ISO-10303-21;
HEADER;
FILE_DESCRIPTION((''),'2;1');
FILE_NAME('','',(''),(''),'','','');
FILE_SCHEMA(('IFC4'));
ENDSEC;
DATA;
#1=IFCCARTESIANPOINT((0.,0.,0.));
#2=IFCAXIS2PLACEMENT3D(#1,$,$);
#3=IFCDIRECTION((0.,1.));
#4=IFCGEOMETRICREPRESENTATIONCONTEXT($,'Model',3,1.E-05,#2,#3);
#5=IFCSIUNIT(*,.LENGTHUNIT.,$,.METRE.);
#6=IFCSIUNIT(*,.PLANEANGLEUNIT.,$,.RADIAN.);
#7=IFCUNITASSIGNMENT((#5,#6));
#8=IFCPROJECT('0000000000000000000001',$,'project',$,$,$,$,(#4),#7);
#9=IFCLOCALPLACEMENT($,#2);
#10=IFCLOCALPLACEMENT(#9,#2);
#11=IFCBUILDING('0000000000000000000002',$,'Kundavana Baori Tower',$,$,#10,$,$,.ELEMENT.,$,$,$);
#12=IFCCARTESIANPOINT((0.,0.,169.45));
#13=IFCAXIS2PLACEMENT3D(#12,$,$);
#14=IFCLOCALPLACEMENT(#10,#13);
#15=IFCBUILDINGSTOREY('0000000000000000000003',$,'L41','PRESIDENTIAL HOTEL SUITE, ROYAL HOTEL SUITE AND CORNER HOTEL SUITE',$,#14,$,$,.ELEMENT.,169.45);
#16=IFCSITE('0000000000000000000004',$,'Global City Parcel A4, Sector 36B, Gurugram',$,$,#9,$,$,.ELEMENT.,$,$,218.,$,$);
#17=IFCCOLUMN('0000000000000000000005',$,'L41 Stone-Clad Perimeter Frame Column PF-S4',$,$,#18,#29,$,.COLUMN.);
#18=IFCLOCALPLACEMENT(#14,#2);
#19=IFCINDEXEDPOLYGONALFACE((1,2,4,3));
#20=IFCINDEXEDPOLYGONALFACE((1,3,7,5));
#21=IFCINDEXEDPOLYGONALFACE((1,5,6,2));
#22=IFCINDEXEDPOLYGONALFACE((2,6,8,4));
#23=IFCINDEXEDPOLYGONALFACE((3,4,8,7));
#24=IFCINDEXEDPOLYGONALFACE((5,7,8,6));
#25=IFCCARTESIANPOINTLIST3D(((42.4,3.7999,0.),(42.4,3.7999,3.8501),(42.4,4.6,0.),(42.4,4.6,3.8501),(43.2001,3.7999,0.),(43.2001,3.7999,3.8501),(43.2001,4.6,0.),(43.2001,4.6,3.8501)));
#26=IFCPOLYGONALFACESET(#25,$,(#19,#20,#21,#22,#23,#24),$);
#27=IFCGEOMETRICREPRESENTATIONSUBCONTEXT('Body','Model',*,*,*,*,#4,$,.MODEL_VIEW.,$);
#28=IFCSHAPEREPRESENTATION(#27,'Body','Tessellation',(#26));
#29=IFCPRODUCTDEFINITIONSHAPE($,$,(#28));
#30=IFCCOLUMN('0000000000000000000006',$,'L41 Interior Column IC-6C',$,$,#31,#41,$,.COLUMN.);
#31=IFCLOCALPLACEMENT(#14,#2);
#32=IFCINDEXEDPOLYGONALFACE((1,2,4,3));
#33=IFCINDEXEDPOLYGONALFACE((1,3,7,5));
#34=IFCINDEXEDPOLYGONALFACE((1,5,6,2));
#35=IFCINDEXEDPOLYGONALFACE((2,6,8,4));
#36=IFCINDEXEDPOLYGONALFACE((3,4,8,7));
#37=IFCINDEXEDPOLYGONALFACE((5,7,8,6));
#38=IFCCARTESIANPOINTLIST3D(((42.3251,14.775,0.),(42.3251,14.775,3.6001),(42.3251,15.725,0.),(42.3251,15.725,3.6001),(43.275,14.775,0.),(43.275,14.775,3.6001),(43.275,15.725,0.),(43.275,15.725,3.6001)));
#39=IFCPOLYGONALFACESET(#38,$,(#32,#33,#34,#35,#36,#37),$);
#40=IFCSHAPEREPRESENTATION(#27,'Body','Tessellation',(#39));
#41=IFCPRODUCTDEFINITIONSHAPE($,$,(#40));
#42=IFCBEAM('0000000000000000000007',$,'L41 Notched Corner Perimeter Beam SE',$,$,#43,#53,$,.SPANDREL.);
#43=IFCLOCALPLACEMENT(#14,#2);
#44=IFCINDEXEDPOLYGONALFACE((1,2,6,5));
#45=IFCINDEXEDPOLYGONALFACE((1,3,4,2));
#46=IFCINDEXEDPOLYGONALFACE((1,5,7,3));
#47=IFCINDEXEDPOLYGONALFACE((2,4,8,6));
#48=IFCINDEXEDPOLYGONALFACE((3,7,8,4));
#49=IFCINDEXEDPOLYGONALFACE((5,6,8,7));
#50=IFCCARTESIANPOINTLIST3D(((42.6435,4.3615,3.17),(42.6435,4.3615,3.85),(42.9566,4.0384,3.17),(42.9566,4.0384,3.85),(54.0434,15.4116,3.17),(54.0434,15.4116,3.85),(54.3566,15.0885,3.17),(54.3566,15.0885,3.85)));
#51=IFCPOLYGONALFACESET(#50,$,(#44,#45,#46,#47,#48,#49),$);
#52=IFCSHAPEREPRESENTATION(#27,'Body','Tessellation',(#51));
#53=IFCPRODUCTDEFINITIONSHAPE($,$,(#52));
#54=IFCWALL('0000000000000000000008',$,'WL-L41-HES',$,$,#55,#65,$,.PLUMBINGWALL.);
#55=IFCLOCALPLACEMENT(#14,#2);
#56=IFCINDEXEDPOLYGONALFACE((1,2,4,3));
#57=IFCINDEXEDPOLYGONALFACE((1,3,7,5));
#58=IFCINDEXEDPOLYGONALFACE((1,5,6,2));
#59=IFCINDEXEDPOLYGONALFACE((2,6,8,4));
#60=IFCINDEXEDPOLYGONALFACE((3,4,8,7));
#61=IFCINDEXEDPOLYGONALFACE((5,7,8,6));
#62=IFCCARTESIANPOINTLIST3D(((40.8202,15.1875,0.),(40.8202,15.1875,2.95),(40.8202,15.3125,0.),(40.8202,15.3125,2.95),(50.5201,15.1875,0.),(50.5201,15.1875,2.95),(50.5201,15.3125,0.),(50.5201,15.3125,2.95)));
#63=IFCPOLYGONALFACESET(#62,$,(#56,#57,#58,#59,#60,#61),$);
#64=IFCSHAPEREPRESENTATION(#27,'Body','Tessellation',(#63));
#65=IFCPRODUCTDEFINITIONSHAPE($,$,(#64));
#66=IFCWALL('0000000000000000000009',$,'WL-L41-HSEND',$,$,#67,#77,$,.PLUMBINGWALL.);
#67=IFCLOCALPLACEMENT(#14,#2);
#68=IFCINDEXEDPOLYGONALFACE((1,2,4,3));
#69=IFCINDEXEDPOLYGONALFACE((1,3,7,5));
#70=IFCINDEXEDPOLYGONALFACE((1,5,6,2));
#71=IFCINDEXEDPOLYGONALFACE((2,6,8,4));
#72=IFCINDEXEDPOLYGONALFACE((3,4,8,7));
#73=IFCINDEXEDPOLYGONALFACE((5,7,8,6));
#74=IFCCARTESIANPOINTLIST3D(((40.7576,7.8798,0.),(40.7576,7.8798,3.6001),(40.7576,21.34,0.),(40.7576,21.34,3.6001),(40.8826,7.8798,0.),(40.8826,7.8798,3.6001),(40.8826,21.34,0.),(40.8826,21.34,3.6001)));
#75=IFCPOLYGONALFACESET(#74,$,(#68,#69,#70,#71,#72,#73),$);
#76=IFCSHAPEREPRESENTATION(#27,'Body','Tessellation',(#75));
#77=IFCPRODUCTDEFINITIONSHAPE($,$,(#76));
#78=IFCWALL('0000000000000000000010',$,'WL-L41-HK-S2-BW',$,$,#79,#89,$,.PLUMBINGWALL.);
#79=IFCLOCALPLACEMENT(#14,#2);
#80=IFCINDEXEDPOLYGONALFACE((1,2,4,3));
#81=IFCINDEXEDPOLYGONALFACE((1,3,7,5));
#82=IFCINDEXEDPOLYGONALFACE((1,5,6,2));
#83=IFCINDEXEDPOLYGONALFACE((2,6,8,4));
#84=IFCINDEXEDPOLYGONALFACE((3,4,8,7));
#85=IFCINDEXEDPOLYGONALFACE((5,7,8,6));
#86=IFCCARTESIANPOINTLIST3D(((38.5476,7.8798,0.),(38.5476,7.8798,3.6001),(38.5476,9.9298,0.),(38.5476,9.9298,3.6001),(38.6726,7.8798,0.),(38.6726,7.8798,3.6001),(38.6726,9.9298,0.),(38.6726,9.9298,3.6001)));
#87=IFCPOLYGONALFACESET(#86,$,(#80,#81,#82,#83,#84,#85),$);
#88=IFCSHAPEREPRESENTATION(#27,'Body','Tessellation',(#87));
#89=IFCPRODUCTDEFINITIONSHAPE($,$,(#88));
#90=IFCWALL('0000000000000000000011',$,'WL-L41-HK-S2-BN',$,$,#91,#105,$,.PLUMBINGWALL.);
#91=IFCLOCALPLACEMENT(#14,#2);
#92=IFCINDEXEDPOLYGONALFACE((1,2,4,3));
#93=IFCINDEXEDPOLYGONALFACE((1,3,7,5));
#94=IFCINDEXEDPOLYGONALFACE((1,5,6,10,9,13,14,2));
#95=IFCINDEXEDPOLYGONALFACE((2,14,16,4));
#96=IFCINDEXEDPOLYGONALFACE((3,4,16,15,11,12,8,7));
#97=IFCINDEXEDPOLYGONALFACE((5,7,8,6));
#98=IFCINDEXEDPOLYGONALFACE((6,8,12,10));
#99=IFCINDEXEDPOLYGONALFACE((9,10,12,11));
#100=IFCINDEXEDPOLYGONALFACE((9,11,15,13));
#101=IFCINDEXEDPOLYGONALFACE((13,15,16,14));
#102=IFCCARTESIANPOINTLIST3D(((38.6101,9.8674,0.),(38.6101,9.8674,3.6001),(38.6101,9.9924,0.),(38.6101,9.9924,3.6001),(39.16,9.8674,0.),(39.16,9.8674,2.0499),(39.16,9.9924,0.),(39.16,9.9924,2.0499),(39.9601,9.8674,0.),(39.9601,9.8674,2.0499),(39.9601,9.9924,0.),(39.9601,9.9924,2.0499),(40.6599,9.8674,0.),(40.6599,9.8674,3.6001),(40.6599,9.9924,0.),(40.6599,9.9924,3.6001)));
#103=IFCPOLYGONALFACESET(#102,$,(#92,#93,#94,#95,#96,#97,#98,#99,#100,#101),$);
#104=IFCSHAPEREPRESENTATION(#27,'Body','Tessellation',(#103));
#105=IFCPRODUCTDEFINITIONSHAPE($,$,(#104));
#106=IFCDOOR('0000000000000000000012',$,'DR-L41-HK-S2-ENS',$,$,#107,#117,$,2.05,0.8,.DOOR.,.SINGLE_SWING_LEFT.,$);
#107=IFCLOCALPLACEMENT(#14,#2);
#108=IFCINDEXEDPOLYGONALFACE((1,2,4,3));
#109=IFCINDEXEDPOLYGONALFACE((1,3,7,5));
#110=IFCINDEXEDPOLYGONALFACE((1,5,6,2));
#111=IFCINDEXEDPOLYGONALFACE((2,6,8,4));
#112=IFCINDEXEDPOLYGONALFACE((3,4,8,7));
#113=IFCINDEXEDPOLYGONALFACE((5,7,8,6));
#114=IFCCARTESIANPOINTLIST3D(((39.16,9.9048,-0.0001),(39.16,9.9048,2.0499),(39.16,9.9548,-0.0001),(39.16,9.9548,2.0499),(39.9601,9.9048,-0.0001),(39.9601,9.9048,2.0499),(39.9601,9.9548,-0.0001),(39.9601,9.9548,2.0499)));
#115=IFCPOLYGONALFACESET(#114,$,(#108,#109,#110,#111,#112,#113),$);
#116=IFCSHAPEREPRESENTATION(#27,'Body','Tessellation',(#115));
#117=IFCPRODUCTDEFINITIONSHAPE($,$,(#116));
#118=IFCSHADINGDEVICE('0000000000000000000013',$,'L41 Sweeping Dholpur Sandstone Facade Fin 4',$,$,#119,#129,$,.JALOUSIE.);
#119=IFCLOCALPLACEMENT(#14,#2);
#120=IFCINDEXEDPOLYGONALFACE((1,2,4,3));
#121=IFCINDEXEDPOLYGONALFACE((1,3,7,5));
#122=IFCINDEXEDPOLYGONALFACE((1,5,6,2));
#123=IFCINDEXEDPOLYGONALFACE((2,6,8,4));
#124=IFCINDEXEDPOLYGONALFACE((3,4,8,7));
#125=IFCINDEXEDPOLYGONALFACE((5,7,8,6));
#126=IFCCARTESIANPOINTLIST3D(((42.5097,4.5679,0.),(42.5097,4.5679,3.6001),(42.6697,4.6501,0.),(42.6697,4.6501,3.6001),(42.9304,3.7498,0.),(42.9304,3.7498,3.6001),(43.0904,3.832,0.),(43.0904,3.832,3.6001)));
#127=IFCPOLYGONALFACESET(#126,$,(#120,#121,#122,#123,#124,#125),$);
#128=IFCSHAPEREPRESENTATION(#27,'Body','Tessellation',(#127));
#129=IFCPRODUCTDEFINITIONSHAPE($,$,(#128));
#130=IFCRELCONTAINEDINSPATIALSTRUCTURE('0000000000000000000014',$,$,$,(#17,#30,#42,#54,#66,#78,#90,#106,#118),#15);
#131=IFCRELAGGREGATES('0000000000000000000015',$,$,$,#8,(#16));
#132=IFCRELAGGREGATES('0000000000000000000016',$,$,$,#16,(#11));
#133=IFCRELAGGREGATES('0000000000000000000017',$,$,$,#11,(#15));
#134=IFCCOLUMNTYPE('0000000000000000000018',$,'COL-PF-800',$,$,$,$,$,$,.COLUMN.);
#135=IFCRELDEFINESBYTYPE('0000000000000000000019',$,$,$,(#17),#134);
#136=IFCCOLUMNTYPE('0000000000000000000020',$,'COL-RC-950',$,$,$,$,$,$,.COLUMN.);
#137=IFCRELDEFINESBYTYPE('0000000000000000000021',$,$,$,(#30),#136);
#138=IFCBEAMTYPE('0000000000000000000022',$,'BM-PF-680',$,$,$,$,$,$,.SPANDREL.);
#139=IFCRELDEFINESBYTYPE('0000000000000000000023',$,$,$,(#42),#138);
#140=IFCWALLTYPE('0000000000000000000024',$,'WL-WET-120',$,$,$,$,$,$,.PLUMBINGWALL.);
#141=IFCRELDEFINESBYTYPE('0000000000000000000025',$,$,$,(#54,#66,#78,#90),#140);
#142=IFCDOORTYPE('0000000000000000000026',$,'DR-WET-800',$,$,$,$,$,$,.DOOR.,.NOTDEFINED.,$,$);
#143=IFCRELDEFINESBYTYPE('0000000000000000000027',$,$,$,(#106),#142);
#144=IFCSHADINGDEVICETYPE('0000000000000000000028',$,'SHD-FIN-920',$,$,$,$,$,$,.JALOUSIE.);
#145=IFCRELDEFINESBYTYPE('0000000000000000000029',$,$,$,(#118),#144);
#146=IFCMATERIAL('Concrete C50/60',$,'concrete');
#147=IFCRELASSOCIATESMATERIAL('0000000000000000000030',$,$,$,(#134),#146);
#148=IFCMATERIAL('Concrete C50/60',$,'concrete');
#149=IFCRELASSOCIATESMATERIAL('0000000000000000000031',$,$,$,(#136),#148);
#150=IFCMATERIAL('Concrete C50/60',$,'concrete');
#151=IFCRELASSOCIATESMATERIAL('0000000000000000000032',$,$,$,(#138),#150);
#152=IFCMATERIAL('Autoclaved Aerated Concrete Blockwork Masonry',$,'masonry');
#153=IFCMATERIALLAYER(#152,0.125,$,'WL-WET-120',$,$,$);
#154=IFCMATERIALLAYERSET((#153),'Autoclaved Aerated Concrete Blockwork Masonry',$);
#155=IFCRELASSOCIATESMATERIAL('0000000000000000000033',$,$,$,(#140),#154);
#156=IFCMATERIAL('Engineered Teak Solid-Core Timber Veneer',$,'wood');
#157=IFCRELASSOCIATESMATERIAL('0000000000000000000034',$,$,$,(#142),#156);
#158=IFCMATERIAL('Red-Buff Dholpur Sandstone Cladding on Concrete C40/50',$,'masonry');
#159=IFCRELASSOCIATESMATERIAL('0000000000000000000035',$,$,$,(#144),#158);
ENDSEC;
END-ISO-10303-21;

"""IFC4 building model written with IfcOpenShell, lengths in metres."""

from ifc_helpers import new_model, si_unit, direction, frame, frame_2d, origin, origin_2d, place, context, subcontext, project, spatial, rectangle, extrude, material, layer, layer_set, material_profile, profile_set, type_object, element, fill, save


model = new_model("IFC4")

# Units and contexts
model_context = context("Model", 3, precision=1e-05, world=origin(), true_north=direction((0.0, 1.0)))
body_context = subcontext(model_context, "Body", "Model", "MODEL_VIEW")
ifc_project = project(units=[si_unit("LENGTHUNIT", "METRE"), si_unit("PLANEANGLEUNIT", "RADIAN")], contexts=[model_context])

# Site, building, storey
site_placement = place(None, origin())
site = spatial("IfcSite", under=ifc_project, at=site_placement, Name="Global City Parcel A4, Sector 36B, Gurugram", CompositionType="ELEMENT", RefElevation=218.0)
building_placement = place(site_placement, origin())
building = spatial("IfcBuilding", under=site, at=building_placement, Name="Kundavana Baori Tower", CompositionType="ELEMENT")
storey_placement = place(building_placement, frame((0.0, 0.0, 169.45)))
storey = spatial("IfcBuildingStorey", under=building, at=storey_placement, Name="L41", Description="PRESIDENTIAL HOTEL SUITE, ROYAL HOTEL SUITE AND CORNER HOTEL SUITE", CompositionType="ELEMENT", Elevation=169.45)

# Columns
ifc_material_1 = material(Name="Concrete C50/60", Category="concrete")
ifc_material_profile_1 = material_profile(ifc_material_1, rectangle(XDim=0.8, YDim=0.8, at=origin_2d()), Name="RC PF 800x800")
ifc_profile_set_1 = profile_set([ifc_material_profile_1], Name="Concrete C50/60")
column_type_1 = type_object("IfcColumnType", Name="COL-PF-800", PredefinedType="COLUMN", material=ifc_profile_set_1)
column_1_placement = place(storey_placement, frame((42.8, 4.2, 0.0), z_axis=(0.0, 0.0, 1.0), x_axis=(1.0, 0.0, 0.0)))
element("IfcColumn", 1, at=column_1_placement, inside=storey, type_object=column_type_1, Name="L41 Stone-Clad Perimeter Frame Column PF-S4", PredefinedType="COLUMN", context=body_context, shape_type="SweptSolid", body=[
    extrude(rectangle(XDim=0.8, YDim=0.8, at=origin_2d()), origin(), (0.0, 0.0, 1.0), 3.8501),
])
ifc_material_2 = material(Name="Concrete C50/60", Category="concrete")
ifc_material_profile_2 = material_profile(ifc_material_2, rectangle(XDim=0.95, YDim=0.95, at=origin_2d()), Name="RC 950x950")
ifc_profile_set_2 = profile_set([ifc_material_profile_2], Name="Concrete C50/60")
column_type_2 = type_object("IfcColumnType", Name="COL-RC-950", PredefinedType="COLUMN", material=ifc_profile_set_2)
column_2_placement = place(storey_placement, frame((42.8, 15.25, 0.0), z_axis=(0.0, 0.0, 1.0), x_axis=(1.0, 0.0, 0.0)))
element("IfcColumn", 2, at=column_2_placement, inside=storey, type_object=column_type_2, Name="L41 Interior Column IC-6C", PredefinedType="COLUMN", context=body_context, shape_type="SweptSolid", body=[
    extrude(rectangle(XDim=0.95, YDim=0.95, at=origin_2d()), origin(), (0.0, 0.0, 1.0), 3.6001),
])

# Beam
ifc_material_3 = material(Name="Concrete C50/60", Category="concrete")
ifc_material_profile_3 = material_profile(ifc_material_3, rectangle(XDim=0.45, YDim=0.6799, at=origin_2d()), Name="RC BM 450x680")
ifc_profile_set_3 = profile_set([ifc_material_profile_3], Name="Concrete C50/60")
beam_type = type_object("IfcBeamType", Name="BM-PF-680", PredefinedType="SPANDREL", material=ifc_profile_set_3)
beam_placement = place(storey_placement, frame((42.8, 4.2, 3.51), z_axis=(0.718039, 0.696003, 0.0), x_axis=(-0.696003, 0.718039, 0.0)))
element("IfcBeam", 3, at=beam_placement, inside=storey, type_object=beam_type, Name="L41 Notched Corner Perimeter Beam SE", PredefinedType="SPANDREL", context=body_context, shape_type="SweptSolid", body=[
    extrude(rectangle(XDim=0.45, YDim=0.6799, at=origin_2d()), origin(), (0.0, 0.0, 1.0), 15.8765),
])

# Walls
ifc_material_4 = material(Name="Autoclaved Aerated Concrete Blockwork Masonry", Category="masonry")
ifc_layer = layer(ifc_material_4, 0.125, Name="WL-WET-120")
ifc_layer_set = layer_set([ifc_layer], Name="Autoclaved Aerated Concrete Blockwork Masonry")
wall_type = type_object("IfcWallType", Name="WL-WET-120", PredefinedType="PLUMBINGWALL", material=ifc_layer_set)
wall_1_placement = place(storey_placement, frame((40.8201, 15.25, 0.0), z_axis=(0.0, 0.0, 1.0), x_axis=(1.0, 0.0, 0.0)))
element("IfcWall", 4, at=wall_1_placement, inside=storey, type_object=wall_type, Name="WL-L41-HES", PredefinedType="PLUMBINGWALL", context=body_context, shape_type="SweptSolid", body=[
    extrude(rectangle(XDim=9.7, YDim=0.125, at=frame_2d((4.8501, 0.0))), origin(), (0.0, 0.0, 1.0), 2.95),
])
wall_2_placement = place(storey_placement, frame((40.8201, 7.8799, 0.0), z_axis=(0.0, 0.0, 1.0), x_axis=(0.0, 1.0, 0.0)))
element("IfcWall", 5, at=wall_2_placement, inside=storey, type_object=wall_type, Name="WL-L41-HSEND", PredefinedType="PLUMBINGWALL", context=body_context, shape_type="SweptSolid", body=[
    extrude(rectangle(XDim=13.4602, YDim=0.125, at=frame_2d((6.73, 0.0))), origin(), (0.0, 0.0, 1.0), 3.6001),
])
wall_3_placement = place(storey_placement, frame((38.6101, 7.8799, 0.0), z_axis=(0.0, 0.0, 1.0), x_axis=(0.0, 1.0, 0.0)))
element("IfcWall", 6, at=wall_3_placement, inside=storey, type_object=wall_type, Name="WL-L41-HK-S2-BW", PredefinedType="PLUMBINGWALL", context=body_context, shape_type="SweptSolid", body=[
    extrude(rectangle(XDim=2.05, YDim=0.125, at=frame_2d((1.0249, 0.0))), origin(), (0.0, 0.0, 1.0), 3.6001),
])

# Wall, opening, door
wall_4_placement = place(storey_placement, frame((38.6101, 9.9299, 0.0), z_axis=(0.0, 0.0, 1.0), x_axis=(1.0, 0.0, 0.0)))
wall_4 = element("IfcWall", 7, at=wall_4_placement, inside=storey, type_object=wall_type, Name="WL-L41-HK-S2-BN", PredefinedType="PLUMBINGWALL", context=body_context, shape_type="SweptSolid", body=[
    extrude(rectangle(XDim=2.0498, YDim=0.125, at=frame_2d((1.0249, 0.0))), origin(), (0.0, 0.0, 1.0), 3.6001),
])
opening_placement = place(wall_4_placement, frame((0.55, 0.0, 0.0)))
opening = element("IfcOpeningElement", 8, at=opening_placement, cuts=wall_4, PredefinedType="OPENING", context=body_context, shape_type="SweptSolid", body=[
    extrude(rectangle(XDim=0.8, YDim=2.05, at=frame_2d((0.3999, 1.0249))), frame((0.0, 0.0725, 0.0), z_axis=(0.0, -1.0, 0.0), x_axis=(1.0, 0.0, 0.0)), (0.0, 0.0, 1.0), 0.145),
])
ifc_material_5 = material(Name="Engineered Teak Solid-Core Timber Veneer", Category="wood")
door_type = type_object("IfcDoorType", Name="DR-WET-800", OperationType="NOTDEFINED", PredefinedType="DOOR", material=ifc_material_5)
door_placement = place(opening_placement, origin())
door = element("IfcDoor", 9, at=door_placement, inside=storey, type_object=door_type, Name="DR-L41-HK-S2-ENS", OperationType="SINGLE_SWING_LEFT", OverallHeight=2.05, OverallWidth=0.8, PredefinedType="DOOR", context=body_context, shape_type="SweptSolid", body=[
    extrude(rectangle(XDim=0.8, YDim=2.05, at=frame_2d((0.3999, 1.0249))), frame((0.0, 0.0249, 0.0), z_axis=(0.0, -1.0, 0.0), x_axis=(1.0, 0.0, 0.0)), (0.0, 0.0, 1.0), 0.05),
])
fill(opening, door)

# Shading device
ifc_material_6 = material(Name="Red-Buff Dholpur Sandstone Cladding on Concrete C40/50", Category="masonry")
shading_device_type = type_object("IfcShadingDeviceType", Name="SHD-FIN-920", PredefinedType="JALOUSIE", material=ifc_material_6)
shading_device_placement = place(storey_placement, frame((42.8, 4.2, 0.0), z_axis=(0.0, 0.0, 1.0), x_axis=(0.889337, 0.457253, 0.0)))
element("IfcShadingDevice", 10, at=shading_device_placement, inside=storey, type_object=shading_device_type, Name="L41 Sweeping Dholpur Sandstone Facade Fin 4", PredefinedType="JALOUSIE", context=body_context, shape_type="SweptSolid", body=[
    extrude(rectangle(XDim=0.1799, YDim=0.9199, at=origin_2d()), origin(), (0.0, 0.0, 1.0), 3.6001),
])

save(model, "model.ifc")
